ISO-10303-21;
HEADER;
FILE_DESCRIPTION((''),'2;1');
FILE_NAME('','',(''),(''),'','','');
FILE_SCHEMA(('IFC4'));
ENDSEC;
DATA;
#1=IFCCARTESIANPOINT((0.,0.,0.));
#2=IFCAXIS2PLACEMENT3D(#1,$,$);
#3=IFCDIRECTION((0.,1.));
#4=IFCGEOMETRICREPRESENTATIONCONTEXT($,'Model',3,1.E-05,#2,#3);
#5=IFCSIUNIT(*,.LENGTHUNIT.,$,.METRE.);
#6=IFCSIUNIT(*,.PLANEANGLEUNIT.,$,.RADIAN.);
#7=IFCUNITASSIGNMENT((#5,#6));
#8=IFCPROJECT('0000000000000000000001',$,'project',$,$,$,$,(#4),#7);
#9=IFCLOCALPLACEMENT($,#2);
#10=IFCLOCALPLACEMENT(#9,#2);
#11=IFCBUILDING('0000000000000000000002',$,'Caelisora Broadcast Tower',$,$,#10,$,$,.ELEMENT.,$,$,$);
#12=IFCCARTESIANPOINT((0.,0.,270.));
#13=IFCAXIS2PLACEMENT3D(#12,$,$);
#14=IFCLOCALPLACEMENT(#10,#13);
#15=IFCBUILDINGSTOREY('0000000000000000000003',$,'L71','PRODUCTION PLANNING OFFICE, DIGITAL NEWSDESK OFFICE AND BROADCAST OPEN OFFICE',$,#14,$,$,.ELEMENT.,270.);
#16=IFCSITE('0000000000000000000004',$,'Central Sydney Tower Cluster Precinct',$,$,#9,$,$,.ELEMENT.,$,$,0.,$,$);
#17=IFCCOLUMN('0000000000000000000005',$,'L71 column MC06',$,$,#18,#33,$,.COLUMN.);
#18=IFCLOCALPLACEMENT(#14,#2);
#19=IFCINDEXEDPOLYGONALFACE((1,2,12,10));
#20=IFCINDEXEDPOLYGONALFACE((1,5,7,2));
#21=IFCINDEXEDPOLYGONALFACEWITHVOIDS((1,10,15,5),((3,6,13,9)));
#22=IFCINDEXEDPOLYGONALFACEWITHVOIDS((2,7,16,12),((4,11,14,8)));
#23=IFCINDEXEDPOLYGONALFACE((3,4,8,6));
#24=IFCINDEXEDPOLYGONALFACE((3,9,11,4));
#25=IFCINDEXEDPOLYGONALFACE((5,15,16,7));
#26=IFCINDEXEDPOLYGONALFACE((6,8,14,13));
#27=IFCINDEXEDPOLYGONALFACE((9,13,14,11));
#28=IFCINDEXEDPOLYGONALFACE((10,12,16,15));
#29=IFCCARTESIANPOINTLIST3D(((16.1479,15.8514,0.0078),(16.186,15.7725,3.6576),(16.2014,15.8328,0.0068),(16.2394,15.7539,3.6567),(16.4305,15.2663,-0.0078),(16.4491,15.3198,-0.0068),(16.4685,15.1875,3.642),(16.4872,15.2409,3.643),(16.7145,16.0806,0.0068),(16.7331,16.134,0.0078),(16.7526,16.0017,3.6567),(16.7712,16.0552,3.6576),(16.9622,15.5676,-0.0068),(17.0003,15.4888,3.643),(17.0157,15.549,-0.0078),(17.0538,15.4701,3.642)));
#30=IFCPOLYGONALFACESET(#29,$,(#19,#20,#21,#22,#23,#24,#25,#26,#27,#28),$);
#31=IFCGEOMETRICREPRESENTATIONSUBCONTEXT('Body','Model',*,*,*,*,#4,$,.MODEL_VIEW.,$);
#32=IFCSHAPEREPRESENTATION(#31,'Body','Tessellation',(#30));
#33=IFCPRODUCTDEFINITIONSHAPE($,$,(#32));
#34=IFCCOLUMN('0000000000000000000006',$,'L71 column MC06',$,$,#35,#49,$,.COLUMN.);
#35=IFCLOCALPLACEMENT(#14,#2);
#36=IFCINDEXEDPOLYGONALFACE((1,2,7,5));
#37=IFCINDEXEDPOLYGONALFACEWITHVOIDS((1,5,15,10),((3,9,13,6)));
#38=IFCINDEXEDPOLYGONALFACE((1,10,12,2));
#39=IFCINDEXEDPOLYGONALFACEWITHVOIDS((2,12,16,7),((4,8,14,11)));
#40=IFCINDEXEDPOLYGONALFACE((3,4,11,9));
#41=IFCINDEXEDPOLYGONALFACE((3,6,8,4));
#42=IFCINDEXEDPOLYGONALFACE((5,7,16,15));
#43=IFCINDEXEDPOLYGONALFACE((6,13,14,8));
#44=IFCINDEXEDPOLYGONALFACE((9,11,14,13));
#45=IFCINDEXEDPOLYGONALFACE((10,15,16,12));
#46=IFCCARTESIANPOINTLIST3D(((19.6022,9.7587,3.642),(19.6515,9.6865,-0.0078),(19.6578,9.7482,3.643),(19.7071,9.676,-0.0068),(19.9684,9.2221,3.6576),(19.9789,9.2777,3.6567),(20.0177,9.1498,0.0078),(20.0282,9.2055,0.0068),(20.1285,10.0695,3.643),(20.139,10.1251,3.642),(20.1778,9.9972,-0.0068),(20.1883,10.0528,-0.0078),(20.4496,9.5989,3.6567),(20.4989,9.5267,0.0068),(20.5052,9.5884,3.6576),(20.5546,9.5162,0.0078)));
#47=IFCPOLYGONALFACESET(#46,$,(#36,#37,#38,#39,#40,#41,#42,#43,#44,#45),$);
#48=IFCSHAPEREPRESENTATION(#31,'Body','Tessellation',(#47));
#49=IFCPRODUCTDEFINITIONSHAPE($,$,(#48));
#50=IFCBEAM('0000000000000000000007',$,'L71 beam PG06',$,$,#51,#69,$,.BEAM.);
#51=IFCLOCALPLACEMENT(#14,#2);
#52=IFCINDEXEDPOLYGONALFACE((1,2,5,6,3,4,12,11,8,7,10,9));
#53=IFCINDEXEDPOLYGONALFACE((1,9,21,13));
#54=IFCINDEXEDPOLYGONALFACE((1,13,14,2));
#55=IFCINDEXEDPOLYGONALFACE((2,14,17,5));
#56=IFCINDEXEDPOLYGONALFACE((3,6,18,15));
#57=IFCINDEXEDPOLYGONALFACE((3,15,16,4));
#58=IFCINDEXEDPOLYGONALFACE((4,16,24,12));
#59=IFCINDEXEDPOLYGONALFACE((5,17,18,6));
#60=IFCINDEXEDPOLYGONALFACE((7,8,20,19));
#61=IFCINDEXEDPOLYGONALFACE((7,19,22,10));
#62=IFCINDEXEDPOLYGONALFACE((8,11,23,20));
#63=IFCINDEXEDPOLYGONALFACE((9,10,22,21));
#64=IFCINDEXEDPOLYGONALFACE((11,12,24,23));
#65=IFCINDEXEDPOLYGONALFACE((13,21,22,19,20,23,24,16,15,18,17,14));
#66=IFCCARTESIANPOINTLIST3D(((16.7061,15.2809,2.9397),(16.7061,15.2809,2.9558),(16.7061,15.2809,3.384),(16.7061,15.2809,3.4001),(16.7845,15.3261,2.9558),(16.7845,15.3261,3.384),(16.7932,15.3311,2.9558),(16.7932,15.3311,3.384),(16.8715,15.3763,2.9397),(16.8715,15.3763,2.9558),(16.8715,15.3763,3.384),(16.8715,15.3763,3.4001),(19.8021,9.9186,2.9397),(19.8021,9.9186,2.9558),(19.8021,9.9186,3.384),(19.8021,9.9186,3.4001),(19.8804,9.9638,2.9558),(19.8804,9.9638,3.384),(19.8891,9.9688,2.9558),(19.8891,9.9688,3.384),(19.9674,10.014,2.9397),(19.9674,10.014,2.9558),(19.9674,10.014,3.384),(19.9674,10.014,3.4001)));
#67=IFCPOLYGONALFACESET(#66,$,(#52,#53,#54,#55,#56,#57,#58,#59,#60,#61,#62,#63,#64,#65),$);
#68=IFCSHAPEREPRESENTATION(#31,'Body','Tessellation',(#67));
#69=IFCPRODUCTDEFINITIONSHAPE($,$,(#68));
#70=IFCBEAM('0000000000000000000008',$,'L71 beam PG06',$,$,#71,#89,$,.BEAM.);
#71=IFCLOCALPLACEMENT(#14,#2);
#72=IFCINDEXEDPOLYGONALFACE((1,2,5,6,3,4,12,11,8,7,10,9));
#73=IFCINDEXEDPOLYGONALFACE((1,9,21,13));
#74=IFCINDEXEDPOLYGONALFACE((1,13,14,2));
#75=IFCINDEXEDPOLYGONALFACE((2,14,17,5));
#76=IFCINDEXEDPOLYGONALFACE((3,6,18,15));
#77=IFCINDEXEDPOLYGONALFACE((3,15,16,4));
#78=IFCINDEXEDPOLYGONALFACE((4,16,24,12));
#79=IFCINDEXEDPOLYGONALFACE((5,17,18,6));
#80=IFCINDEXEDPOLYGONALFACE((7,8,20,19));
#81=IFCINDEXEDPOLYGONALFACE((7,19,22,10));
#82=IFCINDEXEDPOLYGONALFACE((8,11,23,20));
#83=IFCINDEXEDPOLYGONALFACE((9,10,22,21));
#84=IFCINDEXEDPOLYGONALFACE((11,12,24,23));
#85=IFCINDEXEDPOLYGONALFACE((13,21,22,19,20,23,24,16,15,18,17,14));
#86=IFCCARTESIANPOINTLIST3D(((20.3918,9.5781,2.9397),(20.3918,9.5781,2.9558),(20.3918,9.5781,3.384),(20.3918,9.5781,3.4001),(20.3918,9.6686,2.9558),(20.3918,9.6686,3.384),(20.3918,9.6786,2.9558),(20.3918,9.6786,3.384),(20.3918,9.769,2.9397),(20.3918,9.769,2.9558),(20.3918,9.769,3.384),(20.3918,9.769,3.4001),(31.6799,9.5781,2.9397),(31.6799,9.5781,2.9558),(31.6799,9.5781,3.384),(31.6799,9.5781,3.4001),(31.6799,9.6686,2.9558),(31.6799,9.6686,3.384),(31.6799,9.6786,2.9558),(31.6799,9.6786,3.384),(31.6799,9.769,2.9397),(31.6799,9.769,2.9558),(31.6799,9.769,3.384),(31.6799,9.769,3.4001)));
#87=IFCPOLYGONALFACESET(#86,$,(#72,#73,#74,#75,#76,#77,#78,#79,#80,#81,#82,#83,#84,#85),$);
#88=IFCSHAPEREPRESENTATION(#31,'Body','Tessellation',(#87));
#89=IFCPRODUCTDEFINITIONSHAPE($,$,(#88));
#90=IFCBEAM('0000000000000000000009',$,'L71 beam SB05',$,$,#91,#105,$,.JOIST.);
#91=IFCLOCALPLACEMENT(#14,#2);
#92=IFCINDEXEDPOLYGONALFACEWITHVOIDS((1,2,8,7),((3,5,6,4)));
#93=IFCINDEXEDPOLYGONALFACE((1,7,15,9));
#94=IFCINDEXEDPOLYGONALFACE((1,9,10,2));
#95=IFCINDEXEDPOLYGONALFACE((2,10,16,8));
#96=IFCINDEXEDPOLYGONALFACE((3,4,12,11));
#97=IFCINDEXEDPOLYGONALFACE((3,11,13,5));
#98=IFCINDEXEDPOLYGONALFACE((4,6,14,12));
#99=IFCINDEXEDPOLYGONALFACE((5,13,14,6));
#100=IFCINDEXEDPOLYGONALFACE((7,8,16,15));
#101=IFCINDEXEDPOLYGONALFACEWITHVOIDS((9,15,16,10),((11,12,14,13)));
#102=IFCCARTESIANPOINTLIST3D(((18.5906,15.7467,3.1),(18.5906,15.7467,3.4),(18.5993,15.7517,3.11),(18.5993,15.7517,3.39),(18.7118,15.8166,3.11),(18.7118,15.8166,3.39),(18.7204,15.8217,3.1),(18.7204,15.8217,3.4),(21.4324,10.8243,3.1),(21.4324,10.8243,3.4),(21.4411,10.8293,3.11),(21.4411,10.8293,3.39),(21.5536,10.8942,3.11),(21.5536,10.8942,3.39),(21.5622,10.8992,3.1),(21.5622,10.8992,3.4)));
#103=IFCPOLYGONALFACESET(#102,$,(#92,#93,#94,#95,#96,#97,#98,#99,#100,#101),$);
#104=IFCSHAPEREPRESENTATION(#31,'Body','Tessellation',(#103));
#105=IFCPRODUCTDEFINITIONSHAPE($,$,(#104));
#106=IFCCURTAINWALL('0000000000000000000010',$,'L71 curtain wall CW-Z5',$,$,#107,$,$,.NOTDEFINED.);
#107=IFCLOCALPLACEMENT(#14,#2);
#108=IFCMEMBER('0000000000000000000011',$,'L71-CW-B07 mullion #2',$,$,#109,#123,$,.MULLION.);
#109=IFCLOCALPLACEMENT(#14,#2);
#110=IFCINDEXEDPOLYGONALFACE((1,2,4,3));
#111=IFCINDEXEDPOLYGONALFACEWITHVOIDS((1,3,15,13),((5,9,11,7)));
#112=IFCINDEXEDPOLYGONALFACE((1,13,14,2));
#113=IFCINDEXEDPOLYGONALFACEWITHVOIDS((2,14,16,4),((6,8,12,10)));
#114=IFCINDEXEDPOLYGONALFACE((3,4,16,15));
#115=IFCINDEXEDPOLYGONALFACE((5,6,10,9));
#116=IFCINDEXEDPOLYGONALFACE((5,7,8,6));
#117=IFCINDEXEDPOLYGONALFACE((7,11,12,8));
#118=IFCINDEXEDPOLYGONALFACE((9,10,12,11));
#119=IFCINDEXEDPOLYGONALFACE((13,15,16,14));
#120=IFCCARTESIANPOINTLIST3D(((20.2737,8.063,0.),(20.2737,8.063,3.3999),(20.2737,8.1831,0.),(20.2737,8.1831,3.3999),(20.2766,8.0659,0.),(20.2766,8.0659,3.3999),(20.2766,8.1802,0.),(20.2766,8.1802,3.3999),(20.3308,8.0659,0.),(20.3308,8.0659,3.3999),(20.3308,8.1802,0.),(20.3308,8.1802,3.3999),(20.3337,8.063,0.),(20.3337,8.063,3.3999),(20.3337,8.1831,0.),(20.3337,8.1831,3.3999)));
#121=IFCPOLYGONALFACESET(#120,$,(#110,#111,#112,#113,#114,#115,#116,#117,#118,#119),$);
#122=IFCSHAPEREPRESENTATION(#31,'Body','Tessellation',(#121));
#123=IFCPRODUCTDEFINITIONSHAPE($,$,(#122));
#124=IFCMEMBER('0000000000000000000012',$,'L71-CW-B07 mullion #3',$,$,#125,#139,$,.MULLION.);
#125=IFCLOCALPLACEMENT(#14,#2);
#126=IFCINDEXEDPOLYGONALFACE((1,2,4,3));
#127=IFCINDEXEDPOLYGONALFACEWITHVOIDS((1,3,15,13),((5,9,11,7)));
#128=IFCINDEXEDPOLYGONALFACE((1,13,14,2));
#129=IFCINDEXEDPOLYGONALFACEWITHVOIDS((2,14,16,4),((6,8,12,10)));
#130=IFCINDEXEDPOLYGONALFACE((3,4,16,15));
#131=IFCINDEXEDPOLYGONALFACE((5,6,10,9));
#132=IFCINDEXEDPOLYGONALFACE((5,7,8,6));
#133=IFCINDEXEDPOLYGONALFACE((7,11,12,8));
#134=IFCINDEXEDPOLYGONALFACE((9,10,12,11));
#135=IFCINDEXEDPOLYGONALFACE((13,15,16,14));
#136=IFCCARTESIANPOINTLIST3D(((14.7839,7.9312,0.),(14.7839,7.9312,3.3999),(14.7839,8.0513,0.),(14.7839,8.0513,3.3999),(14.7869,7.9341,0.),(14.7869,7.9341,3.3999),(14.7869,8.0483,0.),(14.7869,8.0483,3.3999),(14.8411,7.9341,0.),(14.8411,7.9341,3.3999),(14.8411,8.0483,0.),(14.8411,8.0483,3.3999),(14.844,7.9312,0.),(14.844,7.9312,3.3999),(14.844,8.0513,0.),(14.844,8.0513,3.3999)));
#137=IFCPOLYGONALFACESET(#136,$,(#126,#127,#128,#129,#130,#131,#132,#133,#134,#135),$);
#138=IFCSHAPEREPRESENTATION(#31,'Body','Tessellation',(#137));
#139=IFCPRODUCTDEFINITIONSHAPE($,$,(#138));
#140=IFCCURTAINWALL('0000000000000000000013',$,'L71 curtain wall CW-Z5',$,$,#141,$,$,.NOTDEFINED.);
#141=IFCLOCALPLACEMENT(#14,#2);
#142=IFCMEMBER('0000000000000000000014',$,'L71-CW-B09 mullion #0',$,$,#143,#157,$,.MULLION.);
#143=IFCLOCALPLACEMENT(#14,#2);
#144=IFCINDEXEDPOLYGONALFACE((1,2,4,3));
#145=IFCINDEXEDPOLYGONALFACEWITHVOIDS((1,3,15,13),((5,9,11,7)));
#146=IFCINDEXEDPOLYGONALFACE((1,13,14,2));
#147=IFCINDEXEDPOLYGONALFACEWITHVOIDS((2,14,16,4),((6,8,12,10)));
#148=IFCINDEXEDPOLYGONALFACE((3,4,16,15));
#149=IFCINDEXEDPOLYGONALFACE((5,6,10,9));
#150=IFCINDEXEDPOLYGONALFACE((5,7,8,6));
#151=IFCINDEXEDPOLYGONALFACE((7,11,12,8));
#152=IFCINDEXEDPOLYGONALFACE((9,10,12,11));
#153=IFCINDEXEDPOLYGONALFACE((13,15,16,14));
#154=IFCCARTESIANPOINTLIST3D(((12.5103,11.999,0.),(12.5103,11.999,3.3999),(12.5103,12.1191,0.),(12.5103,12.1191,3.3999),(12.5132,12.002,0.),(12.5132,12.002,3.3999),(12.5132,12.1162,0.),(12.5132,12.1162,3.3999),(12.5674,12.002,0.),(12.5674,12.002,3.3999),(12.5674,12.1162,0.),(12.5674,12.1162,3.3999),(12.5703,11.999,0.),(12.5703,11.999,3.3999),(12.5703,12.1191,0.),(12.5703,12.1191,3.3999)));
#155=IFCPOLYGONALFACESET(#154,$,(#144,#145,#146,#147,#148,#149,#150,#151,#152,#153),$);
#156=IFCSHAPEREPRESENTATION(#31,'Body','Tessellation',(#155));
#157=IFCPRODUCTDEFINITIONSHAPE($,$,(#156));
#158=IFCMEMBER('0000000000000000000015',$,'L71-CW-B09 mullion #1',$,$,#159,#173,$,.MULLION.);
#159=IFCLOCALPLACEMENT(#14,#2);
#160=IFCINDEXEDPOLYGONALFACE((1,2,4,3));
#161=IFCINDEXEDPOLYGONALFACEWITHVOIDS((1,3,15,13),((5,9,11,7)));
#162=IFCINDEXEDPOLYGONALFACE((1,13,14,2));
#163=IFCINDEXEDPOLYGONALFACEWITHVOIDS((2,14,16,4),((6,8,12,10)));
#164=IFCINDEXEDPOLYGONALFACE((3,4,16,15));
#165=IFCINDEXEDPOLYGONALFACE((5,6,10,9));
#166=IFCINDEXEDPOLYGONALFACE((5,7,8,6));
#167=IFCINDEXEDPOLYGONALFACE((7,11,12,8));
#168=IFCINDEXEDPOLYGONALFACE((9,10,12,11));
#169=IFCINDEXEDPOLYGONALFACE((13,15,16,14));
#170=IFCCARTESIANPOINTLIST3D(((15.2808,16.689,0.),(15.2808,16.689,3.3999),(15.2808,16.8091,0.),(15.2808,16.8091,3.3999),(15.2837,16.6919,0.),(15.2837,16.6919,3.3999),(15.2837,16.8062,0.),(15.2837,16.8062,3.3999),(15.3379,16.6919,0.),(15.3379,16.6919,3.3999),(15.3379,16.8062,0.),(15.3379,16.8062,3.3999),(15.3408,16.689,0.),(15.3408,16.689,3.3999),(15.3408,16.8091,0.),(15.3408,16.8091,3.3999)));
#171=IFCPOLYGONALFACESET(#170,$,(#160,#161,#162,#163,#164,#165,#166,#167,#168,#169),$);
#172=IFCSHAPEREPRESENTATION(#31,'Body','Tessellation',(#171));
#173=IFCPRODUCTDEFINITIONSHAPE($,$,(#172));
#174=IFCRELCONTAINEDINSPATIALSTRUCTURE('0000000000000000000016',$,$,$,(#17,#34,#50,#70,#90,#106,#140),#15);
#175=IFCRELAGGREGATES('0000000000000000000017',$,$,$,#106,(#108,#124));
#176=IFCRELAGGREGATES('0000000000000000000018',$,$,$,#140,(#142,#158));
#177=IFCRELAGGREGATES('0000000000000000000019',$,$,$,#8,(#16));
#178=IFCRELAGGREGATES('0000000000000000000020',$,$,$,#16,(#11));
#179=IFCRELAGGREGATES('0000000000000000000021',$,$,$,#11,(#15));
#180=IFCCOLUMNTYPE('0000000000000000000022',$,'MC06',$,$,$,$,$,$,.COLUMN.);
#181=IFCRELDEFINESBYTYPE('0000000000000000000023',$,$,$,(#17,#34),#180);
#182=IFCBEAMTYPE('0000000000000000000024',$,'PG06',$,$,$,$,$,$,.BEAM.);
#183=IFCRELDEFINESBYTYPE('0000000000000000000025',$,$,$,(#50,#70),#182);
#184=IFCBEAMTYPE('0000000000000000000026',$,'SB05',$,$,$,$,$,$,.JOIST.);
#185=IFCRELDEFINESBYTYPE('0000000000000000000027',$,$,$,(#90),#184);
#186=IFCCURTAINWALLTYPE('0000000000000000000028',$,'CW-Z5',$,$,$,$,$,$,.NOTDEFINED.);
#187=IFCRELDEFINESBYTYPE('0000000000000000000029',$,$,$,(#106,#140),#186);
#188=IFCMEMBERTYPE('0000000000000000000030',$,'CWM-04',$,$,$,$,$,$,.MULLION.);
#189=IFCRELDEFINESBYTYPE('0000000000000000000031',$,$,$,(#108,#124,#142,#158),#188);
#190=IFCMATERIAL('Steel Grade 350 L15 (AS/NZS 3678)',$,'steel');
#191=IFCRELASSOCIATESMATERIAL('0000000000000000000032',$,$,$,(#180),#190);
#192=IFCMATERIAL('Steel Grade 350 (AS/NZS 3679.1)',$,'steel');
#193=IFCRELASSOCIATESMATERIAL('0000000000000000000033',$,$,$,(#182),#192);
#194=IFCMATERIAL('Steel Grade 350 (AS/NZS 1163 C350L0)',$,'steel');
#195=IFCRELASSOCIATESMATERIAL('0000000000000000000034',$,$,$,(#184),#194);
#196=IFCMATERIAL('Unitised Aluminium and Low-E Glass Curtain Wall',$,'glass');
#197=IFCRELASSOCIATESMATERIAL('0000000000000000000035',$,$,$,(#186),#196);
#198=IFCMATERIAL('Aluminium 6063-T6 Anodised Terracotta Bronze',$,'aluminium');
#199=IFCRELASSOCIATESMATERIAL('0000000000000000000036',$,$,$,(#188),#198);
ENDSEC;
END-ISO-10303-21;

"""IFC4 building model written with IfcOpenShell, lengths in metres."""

from ifc_helpers import new_model, si_unit, direction, frame, origin, origin_2d, place, context, subcontext, project, spatial, hollow_rectangle, i_section, extrude, source, transform, mapped, material, material_profile, profile_set, type_object, type_shapes, element, aggregate, save


model = new_model("IFC4")

# Units and contexts
model_context = context("Model", 3, precision=1e-05, world=origin(), true_north=direction((0.0, 1.0)))
body_context = subcontext(model_context, "Body", "Model", "MODEL_VIEW")
ifc_project = project(units=[si_unit("LENGTHUNIT", "METRE"), si_unit("PLANEANGLEUNIT", "RADIAN")], contexts=[model_context])

# Site, building, storey
site_placement = place(None, origin())
site = spatial("IfcSite", under=ifc_project, at=site_placement, Name="Central Sydney Tower Cluster Precinct", CompositionType="ELEMENT", RefElevation=0.0)
building_placement = place(site_placement, origin())
building = spatial("IfcBuilding", under=site, at=building_placement, Name="Caelisora Broadcast Tower", CompositionType="ELEMENT")
storey_placement = place(building_placement, frame((0.0, 0.0, 270.0)))
storey = spatial("IfcBuildingStorey", under=building, at=storey_placement, Name="L71", Description="PRODUCTION PLANNING OFFICE, DIGITAL NEWSDESK OFFICE AND BROADCAST OPEN OFFICE", CompositionType="ELEMENT", Elevation=270.0)

# Columns
ifc_material_1 = material(Name="Steel Grade 350 L15 (AS/NZS 3678)", Category="steel")
ifc_material_profile_1 = material_profile(ifc_material_1, hollow_rectangle(XDim=0.6499, YDim=0.6499, WallThickness=0.04, at=origin_2d()), Name="Steel Grade 350 L15 (AS/NZS 3678)")
ifc_profile_set_1 = profile_set([ifc_material_profile_1], Name="Steel Grade 350 L15 (AS/NZS 3678)")
column_type = type_object("IfcColumnType", Name="MC06", PredefinedType="COLUMN", material=ifc_profile_set_1)
shared_shape_1 = source(origin(), body_context, "Body", "SweptSolid", [
    extrude(hollow_rectangle(XDim=0.6499, YDim=0.6499, WallThickness=0.04, at=origin_2d()), origin(), (0.0, 0.0, 1.0), 3.6509),
])
type_shapes(column_type, [shared_shape_1])
for number, where, z_axis, x_axis, name in (
    (1, (16.5818, 15.7002, 0.0), (0.010432, -0.021599, 0.999712), (0.900476, 0.434905, 0.0), "L71 column MC06"),
    (2, (20.103, 9.6013, 0.0), (-0.013508, 0.019794, 0.999713), (-0.825991, -0.563683, 0.0), "L71 column MC06"),
):
    element("IfcColumn", number, at=place(storey_placement, frame(where, z_axis=z_axis, x_axis=x_axis)), inside=storey, type_object=column_type, Name=name, PredefinedType="COLUMN", context=body_context, shape_type="MappedRepresentation", body=[
        mapped(shared_shape_1, transform((0.0, 0.0, 0.0), scale=1.0)),
    ])

# Beams
ifc_material_2 = material(Name="Steel Grade 350 (AS/NZS 3679.1)", Category="steel")
ifc_material_profile_2 = material_profile(ifc_material_2, i_section(OverallWidth=0.1909, OverallDepth=0.4604, WebThickness=0.01, FlangeThickness=0.0161, at=origin_2d()), Name="Steel Grade 350 (AS/NZS 3679.1)")
ifc_profile_set_2 = profile_set([ifc_material_profile_2], Name="Steel Grade 350 (AS/NZS 3679.1)")
beam_type_1 = type_object("IfcBeamType", Name="PG06", PredefinedType="BEAM", material=ifc_profile_set_2)
shared_shape_2 = source(origin(), body_context, "Body", "SweptSolid", [
    extrude(i_section(OverallWidth=0.1909, OverallDepth=0.4604, WebThickness=0.01, FlangeThickness=0.0161, at=origin_2d()), origin(), (0.0, 0.0, 1.0), 6.1919),
])
beam_1_placement = place(storey_placement, frame((16.7888, 15.3286, 3.1699), z_axis=(0.500002, -0.866024, 0.0), x_axis=(0.866024, 0.500002, 0.0)))
element("IfcBeam", 3, at=beam_1_placement, inside=storey, type_object=beam_type_1, Name="L71 beam PG06", PredefinedType="BEAM", context=body_context, shape_type="MappedRepresentation", body=[
    mapped(shared_shape_2, transform((0.0, 0.0, 0.0), scale=1.0)),
])
shared_shape_3 = source(origin(), body_context, "Body", "SweptSolid", [
    extrude(i_section(OverallWidth=0.1909, OverallDepth=0.4604, WebThickness=0.01, FlangeThickness=0.0161, at=origin_2d()), origin(), (0.0, 0.0, 1.0), 11.2881),
])
type_shapes(beam_type_1, [shared_shape_2, shared_shape_3])
beam_2_placement = place(storey_placement, frame((20.3918, 9.6736, 3.1699), z_axis=(1.0, 0.0, 0.0), x_axis=(0.0, 1.0, 0.0)))
element("IfcBeam", 4, at=beam_2_placement, inside=storey, type_object=beam_type_1, Name="L71 beam PG06", PredefinedType="BEAM", context=body_context, shape_type="MappedRepresentation", body=[
    mapped(shared_shape_3, transform((0.0, 0.0, 0.0), scale=1.0)),
])
ifc_material_3 = material(Name="Steel Grade 350 (AS/NZS 1163 C350L0)", Category="steel")
ifc_material_profile_3 = material_profile(ifc_material_3, hollow_rectangle(XDim=0.1499, YDim=0.3, WallThickness=0.01, at=origin_2d()), Name="Steel Grade 350 (AS/NZS 1163 C350L0)")
ifc_profile_set_3 = profile_set([ifc_material_profile_3], Name="Steel Grade 350 (AS/NZS 1163 C350L0)")
beam_type_2 = type_object("IfcBeamType", Name="SB05", PredefinedType="JOIST", material=ifc_profile_set_3)
shared_shape_4 = source(origin(), body_context, "Body", "SweptSolid", [
    extrude(hollow_rectangle(XDim=0.1499, YDim=0.3, WallThickness=0.01, at=origin_2d()), origin(), (0.0, 0.0, 1.0), 5.6838),
])
type_shapes(beam_type_2, [shared_shape_4])
beam_3_placement = place(storey_placement, frame((18.6555, 15.7842, 3.25), z_axis=(0.499983, -0.866035, 0.0), x_axis=(0.866035, 0.499983, 0.0)))
element("IfcBeam", 5, at=beam_3_placement, inside=storey, type_object=beam_type_2, Name="L71 beam SB05", PredefinedType="JOIST", context=body_context, shape_type="MappedRepresentation", body=[
    mapped(shared_shape_4, transform((0.0, 0.0, 0.0), scale=1.0)),
])

# Curtain walls, members
ifc_material_4 = material(Name="Unitised Aluminium and Low-E Glass Curtain Wall", Category="glass")
curtain_wall_type = type_object("IfcCurtainWallType", Name="CW-Z5", PredefinedType="NOTDEFINED", material=ifc_material_4)
curtain_wall_1_placement = place(storey_placement, origin())
curtain_wall_1 = element("IfcCurtainWall", 6, at=curtain_wall_1_placement, inside=storey, type_object=curtain_wall_type, Name="L71 curtain wall CW-Z5", PredefinedType="NOTDEFINED")
ifc_material_5 = material(Name="Aluminium 6063-T6 Anodised Terracotta Bronze", Category="aluminium")
ifc_material_profile_4 = material_profile(ifc_material_5, hollow_rectangle(XDim=0.0601, YDim=0.1201, WallThickness=0.0029, at=origin_2d()), Name="Aluminium 6063-T6 Anodised Terracotta Bronze")
ifc_profile_set_4 = profile_set([ifc_material_profile_4], Name="Aluminium 6063-T6 Anodised Terracotta Bronze")
member_type_1 = type_object("IfcMemberType", Name="CWM-04", PredefinedType="MULLION", material=ifc_profile_set_4)
shared_shape_5 = source(origin(), body_context, "Body", "SweptSolid", [
    extrude(hollow_rectangle(XDim=0.0601, YDim=0.1201, WallThickness=0.0029, at=origin_2d()), origin(), (0.0, 0.0, 1.0), 3.3999),
])
type_shapes(member_type_1, [shared_shape_5])
member_1_placement = place(storey_placement, frame((20.3037, 8.123, 0.0), z_axis=(0.0, 0.0, 1.0), x_axis=(1.0, 0.0, 0.0)))
member_1 = element("IfcMember", 7, at=member_1_placement, type_object=member_type_1, Name="L71-CW-B07 mullion #2", PredefinedType="MULLION", context=body_context, shape_type="MappedRepresentation", body=[
    mapped(shared_shape_5, transform((0.0, 0.0, 0.0), scale=1.0)),
])
member_2_placement = place(storey_placement, frame((14.814, 7.9912, 0.0), z_axis=(0.0, 0.0, 1.0), x_axis=(1.0, 0.0, 0.0)))
member_2 = element("IfcMember", 8, at=member_2_placement, type_object=member_type_1, Name="L71-CW-B07 mullion #3", PredefinedType="MULLION", context=body_context, shape_type="MappedRepresentation", body=[
    mapped(shared_shape_5, transform((0.0, 0.0, 0.0), scale=1.0)),
])
curtain_wall_2_placement = place(storey_placement, origin())
curtain_wall_2 = element("IfcCurtainWall", 9, at=curtain_wall_2_placement, inside=storey, type_object=curtain_wall_type, Name="L71 curtain wall CW-Z5", PredefinedType="NOTDEFINED")
member_3_placement = place(storey_placement, frame((12.5403, 12.0591, 0.0), z_axis=(0.0, 0.0, 1.0), x_axis=(1.0, 0.0, 0.0)))
member_3 = element("IfcMember", 10, at=member_3_placement, type_object=member_type_1, Name="L71-CW-B09 mullion #0", PredefinedType="MULLION", context=body_context, shape_type="MappedRepresentation", body=[
    mapped(shared_shape_5, transform((0.0, 0.0, 0.0), scale=1.0)),
])
member_4_placement = place(storey_placement, frame((15.3108, 16.749, 0.0), z_axis=(0.0, 0.0, 1.0), x_axis=(1.0, 0.0, 0.0)))
member_4 = element("IfcMember", 11, at=member_4_placement, type_object=member_type_1, Name="L71-CW-B09 mullion #1", PredefinedType="MULLION", context=body_context, shape_type="MappedRepresentation", body=[
    mapped(shared_shape_5, transform((0.0, 0.0, 0.0), scale=1.0)),
])

aggregate(curtain_wall_1, [member_1, member_2])
aggregate(curtain_wall_2, [member_3, member_4])

save(model, "model.ifc")
